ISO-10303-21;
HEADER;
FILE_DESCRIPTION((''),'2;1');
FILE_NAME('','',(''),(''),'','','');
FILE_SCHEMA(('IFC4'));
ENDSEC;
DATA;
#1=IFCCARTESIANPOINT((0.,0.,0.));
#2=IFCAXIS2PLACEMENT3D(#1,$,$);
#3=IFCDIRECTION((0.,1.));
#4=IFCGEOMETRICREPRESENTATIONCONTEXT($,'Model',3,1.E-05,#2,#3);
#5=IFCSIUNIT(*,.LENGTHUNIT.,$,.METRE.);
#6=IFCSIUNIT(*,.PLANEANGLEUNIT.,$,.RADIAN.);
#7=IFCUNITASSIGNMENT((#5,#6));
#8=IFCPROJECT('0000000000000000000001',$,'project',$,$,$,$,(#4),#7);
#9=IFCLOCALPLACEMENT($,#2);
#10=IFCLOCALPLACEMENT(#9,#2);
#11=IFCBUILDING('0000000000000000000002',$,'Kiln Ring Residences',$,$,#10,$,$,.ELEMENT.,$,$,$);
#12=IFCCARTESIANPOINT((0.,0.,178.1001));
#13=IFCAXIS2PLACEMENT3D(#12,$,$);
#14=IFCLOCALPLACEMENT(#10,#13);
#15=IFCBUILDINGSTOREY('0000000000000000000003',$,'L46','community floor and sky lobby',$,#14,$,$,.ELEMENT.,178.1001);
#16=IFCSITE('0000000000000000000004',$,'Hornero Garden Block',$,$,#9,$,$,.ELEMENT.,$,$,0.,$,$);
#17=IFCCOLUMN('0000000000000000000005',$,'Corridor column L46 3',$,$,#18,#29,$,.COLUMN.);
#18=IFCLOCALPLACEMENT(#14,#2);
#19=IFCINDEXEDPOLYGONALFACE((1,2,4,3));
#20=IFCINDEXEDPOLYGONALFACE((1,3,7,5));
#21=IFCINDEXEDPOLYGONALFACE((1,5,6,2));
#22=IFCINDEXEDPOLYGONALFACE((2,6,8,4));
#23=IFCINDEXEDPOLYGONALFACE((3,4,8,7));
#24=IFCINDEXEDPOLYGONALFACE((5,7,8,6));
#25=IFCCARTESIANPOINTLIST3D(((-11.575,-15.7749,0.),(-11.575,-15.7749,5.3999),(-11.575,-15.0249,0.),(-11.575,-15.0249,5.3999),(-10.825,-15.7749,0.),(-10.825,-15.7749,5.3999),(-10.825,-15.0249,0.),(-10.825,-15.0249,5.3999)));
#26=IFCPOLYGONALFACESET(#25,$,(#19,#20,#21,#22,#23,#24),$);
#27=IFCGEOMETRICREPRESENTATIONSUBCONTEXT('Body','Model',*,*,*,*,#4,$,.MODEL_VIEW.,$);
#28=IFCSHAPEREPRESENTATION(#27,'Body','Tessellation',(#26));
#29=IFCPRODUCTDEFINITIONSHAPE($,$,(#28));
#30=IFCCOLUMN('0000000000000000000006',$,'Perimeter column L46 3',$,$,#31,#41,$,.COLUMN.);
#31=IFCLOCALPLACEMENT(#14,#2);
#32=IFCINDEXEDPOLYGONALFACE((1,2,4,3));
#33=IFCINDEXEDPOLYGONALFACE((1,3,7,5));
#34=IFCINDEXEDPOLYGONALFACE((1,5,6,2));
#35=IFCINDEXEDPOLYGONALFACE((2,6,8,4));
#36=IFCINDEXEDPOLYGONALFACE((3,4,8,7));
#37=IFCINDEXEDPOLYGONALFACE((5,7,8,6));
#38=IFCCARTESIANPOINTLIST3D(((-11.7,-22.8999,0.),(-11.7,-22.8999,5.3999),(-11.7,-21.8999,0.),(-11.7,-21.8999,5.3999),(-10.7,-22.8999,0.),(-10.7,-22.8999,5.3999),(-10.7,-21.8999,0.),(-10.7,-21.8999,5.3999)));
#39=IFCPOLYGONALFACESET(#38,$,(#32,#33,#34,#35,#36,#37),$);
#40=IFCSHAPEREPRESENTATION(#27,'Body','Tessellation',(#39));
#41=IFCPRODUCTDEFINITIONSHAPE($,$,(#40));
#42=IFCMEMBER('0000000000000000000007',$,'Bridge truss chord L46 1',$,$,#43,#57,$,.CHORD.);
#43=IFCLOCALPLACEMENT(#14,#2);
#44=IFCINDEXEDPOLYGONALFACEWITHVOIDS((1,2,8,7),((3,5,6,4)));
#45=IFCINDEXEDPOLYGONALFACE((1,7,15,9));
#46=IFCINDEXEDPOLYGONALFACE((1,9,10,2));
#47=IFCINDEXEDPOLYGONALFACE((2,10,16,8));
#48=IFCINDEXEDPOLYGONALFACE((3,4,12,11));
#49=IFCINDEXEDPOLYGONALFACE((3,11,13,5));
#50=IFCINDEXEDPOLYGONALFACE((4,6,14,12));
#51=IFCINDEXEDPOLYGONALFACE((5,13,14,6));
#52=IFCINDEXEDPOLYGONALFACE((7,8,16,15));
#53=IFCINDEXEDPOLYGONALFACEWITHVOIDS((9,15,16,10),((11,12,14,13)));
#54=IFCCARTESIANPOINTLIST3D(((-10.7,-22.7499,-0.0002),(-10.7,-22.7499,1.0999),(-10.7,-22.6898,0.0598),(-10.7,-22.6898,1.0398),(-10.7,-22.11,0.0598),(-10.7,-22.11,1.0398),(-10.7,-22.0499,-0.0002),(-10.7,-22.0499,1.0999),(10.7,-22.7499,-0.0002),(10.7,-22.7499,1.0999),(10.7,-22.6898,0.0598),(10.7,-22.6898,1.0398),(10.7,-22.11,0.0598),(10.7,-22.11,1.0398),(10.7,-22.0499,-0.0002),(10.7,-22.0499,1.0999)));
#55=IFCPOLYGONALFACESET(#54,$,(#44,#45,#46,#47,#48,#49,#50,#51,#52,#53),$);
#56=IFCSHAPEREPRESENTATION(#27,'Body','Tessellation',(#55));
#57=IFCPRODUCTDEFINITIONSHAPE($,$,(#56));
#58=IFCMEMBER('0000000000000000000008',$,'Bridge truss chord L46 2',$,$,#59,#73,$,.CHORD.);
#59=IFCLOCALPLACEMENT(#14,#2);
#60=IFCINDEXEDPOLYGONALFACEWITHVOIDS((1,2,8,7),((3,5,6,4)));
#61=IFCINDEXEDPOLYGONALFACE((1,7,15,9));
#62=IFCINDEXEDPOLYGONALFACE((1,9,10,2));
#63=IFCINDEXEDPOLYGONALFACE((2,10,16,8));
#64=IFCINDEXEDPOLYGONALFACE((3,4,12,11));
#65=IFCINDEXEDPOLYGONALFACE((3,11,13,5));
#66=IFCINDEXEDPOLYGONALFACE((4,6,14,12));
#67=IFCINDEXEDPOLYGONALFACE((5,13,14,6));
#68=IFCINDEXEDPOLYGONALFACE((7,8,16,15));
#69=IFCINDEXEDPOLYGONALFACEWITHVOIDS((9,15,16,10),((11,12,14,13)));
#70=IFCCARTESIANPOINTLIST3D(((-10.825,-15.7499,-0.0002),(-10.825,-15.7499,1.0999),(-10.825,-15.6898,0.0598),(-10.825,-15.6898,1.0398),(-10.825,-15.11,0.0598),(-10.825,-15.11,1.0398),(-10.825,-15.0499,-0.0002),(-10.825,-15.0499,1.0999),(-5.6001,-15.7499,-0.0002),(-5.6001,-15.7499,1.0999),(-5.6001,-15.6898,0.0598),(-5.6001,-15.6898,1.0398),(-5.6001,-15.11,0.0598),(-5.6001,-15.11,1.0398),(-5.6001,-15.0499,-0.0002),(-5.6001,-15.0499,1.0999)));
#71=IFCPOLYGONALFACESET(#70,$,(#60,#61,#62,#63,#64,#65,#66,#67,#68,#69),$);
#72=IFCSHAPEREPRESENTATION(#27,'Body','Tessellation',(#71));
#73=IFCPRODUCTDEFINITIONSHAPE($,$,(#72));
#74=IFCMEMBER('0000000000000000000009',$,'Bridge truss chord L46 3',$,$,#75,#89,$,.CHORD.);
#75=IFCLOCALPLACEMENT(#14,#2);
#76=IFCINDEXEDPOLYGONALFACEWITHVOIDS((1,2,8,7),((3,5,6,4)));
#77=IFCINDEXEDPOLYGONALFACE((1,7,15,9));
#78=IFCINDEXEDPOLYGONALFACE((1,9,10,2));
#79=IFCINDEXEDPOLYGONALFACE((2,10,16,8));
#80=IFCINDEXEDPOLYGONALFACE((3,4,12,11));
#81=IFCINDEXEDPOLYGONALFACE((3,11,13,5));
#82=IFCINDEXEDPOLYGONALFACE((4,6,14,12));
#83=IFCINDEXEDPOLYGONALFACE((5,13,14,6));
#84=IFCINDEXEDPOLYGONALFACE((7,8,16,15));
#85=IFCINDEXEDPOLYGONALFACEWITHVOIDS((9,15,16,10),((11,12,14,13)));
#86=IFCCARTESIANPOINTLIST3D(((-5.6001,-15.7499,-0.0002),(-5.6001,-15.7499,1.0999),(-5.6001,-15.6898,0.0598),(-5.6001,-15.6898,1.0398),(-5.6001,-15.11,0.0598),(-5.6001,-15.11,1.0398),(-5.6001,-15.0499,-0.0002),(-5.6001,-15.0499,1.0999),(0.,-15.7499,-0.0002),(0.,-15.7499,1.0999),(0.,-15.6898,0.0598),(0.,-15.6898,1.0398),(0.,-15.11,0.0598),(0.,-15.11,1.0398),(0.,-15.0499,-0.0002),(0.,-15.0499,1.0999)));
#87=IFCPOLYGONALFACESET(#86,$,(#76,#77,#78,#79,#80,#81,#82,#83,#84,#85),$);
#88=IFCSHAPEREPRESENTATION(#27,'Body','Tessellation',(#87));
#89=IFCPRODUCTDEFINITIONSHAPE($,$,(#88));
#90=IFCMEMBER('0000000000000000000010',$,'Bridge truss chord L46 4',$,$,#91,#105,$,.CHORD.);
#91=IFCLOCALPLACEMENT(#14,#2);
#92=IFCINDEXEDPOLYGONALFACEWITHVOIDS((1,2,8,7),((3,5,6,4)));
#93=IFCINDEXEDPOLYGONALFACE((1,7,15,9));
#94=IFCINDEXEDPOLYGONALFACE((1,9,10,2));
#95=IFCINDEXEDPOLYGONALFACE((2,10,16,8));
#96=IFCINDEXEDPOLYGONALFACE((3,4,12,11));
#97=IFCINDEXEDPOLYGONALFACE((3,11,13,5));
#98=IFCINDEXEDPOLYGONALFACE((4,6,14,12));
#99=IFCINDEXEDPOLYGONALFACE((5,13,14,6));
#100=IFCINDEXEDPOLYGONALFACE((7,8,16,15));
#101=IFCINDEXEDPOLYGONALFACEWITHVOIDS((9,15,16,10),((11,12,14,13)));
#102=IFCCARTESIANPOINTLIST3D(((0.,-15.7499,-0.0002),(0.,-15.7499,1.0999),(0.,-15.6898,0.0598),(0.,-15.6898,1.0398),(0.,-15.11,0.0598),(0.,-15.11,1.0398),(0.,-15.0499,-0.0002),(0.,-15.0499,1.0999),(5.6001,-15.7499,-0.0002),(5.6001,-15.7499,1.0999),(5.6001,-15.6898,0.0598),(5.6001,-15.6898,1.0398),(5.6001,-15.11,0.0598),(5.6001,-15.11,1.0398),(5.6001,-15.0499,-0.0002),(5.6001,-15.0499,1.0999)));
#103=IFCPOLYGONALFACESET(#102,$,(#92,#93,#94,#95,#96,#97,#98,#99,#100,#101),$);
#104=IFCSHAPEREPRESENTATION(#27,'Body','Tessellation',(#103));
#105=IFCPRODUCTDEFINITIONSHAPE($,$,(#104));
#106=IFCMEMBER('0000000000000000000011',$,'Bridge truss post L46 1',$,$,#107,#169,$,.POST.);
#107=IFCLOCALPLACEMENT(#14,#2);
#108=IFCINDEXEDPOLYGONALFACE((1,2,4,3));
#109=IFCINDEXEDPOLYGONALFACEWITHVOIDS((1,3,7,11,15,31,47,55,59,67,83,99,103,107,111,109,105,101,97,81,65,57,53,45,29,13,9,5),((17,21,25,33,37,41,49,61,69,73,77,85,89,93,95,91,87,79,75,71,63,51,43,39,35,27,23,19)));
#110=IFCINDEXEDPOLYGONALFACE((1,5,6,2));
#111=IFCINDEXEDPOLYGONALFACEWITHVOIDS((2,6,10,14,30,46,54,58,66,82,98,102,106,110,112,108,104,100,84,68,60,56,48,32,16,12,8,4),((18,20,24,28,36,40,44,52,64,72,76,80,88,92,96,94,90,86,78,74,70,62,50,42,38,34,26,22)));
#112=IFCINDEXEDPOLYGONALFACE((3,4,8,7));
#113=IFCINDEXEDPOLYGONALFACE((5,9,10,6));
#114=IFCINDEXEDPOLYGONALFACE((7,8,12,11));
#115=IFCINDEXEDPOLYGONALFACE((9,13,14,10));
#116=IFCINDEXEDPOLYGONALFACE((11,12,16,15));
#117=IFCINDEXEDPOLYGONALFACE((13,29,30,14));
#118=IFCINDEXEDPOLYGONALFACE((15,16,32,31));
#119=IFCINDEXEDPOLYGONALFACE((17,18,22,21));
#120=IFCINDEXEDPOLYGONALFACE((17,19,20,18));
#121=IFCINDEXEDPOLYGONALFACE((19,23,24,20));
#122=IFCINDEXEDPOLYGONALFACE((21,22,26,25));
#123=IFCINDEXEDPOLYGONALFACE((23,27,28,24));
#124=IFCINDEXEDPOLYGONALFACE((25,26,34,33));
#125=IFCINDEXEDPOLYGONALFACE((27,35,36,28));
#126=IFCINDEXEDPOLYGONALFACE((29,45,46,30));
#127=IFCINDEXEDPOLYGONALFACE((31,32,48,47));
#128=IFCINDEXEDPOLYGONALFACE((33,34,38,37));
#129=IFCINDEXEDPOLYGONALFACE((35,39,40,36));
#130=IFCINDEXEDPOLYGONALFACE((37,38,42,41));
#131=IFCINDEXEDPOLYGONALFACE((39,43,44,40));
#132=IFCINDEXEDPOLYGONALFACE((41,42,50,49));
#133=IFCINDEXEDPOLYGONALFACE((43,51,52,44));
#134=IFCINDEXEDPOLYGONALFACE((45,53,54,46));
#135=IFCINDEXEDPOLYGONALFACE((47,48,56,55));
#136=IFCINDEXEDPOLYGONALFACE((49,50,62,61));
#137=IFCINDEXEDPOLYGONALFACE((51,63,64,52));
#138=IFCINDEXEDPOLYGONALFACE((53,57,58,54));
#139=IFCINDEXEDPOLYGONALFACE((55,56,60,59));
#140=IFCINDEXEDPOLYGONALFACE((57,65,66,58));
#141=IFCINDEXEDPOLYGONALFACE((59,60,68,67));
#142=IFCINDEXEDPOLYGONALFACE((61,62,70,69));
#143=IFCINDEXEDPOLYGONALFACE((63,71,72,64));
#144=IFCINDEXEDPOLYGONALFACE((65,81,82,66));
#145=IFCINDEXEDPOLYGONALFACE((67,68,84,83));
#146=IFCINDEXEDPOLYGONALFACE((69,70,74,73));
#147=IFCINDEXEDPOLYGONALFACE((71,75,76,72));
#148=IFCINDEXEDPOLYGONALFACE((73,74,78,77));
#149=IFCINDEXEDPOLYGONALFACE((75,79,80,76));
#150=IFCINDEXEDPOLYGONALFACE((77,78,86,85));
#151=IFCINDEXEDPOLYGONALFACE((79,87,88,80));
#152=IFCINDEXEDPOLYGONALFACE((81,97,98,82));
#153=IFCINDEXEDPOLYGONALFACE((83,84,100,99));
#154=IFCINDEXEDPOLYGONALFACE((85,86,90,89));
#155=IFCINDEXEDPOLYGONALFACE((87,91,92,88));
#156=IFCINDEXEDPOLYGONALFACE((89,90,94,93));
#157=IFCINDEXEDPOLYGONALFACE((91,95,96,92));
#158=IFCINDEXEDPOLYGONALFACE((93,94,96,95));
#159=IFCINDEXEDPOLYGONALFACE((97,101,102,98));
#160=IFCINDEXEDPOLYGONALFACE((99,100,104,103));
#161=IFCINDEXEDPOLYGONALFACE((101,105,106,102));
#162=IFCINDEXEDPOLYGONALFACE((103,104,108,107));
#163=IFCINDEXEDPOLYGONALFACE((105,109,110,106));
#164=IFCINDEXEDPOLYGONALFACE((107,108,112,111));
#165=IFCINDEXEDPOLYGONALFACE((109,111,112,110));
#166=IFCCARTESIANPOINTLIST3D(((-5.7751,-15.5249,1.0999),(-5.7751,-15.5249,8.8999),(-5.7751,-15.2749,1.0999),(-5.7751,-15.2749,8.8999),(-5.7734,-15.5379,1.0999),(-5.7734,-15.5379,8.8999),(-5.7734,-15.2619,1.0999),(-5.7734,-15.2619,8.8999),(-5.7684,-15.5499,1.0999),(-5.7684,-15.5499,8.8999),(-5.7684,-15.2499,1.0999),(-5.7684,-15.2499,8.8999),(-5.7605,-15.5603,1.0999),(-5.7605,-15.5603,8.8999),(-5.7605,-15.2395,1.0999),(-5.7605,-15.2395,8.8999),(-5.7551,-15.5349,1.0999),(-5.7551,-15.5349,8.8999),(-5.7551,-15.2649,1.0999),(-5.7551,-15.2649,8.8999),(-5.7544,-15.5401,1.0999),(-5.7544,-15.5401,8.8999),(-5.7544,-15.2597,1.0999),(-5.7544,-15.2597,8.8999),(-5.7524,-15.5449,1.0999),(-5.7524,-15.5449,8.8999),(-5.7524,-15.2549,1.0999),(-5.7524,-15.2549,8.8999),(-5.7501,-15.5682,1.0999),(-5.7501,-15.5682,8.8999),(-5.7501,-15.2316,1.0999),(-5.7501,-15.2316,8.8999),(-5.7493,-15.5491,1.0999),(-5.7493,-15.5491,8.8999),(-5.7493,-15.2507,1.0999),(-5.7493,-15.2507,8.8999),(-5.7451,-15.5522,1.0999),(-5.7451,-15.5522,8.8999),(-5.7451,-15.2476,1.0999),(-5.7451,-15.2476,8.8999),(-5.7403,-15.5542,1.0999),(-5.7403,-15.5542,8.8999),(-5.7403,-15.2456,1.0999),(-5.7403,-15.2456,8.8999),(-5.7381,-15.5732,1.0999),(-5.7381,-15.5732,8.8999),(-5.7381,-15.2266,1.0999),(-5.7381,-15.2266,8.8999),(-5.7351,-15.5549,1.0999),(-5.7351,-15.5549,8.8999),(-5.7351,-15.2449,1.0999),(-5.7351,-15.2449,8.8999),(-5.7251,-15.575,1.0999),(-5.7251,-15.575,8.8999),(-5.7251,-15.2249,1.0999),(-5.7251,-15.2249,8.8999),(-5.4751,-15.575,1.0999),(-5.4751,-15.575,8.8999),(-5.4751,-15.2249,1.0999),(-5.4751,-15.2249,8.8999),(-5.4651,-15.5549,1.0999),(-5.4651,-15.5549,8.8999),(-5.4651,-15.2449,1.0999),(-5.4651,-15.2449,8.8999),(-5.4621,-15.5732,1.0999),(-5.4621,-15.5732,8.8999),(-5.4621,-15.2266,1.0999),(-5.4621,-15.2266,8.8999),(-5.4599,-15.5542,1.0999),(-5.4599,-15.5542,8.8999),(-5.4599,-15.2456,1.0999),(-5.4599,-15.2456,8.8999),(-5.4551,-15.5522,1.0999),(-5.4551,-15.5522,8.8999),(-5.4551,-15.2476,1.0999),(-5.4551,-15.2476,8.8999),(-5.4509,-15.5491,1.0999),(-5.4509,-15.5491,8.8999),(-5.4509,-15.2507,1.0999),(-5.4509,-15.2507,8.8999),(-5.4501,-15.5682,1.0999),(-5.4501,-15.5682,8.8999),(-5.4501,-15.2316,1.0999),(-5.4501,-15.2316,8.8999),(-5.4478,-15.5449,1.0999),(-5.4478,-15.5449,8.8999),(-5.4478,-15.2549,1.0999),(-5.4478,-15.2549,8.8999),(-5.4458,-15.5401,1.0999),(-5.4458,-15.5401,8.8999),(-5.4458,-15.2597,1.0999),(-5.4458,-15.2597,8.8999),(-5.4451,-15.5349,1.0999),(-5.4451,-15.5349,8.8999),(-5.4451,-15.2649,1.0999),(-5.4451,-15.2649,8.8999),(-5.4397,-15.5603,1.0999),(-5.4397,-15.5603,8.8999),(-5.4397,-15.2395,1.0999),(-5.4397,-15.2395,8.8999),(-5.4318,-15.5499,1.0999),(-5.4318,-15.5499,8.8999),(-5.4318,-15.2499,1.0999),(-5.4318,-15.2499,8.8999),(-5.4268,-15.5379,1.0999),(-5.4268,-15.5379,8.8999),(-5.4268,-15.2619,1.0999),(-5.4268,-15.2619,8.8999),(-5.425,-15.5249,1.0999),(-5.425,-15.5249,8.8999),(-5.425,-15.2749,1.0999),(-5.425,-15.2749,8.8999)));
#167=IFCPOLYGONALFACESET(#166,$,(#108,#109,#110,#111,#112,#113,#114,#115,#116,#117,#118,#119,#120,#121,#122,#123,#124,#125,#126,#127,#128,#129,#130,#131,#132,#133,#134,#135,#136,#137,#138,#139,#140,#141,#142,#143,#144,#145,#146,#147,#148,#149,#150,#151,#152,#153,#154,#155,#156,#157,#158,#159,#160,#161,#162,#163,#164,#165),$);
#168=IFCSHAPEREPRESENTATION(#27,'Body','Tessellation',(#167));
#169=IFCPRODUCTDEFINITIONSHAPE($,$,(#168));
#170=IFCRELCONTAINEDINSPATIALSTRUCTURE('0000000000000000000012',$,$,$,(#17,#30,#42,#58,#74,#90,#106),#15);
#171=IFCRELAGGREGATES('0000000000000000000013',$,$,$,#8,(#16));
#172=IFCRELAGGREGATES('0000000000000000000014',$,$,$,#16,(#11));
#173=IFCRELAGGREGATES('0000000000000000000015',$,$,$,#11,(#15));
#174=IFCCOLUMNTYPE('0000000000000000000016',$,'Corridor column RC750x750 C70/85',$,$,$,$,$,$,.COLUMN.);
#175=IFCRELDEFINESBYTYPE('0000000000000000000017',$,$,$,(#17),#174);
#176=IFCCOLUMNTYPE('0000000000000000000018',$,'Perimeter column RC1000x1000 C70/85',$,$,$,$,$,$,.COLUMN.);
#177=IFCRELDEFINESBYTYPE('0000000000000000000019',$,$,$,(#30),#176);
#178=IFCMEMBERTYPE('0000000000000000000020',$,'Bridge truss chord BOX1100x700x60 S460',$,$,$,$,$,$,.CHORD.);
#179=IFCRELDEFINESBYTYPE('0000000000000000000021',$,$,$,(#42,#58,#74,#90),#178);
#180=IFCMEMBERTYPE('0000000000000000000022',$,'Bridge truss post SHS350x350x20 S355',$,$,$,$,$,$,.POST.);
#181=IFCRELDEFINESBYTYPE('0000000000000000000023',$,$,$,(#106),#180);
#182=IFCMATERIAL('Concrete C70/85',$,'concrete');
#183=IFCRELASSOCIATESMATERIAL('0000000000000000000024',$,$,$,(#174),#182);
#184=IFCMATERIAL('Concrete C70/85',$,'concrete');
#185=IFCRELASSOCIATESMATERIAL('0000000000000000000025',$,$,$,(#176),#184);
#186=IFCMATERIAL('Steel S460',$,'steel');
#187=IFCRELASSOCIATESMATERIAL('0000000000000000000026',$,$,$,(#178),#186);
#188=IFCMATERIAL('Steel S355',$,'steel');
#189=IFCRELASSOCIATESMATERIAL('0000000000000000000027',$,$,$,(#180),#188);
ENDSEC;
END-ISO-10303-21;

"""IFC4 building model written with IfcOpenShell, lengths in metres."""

from ifc_helpers import new_model, si_unit, direction, frame, origin, origin_2d, place, context, subcontext, project, spatial, rectangle, hollow_rectangle, extrude, material, material_profile, profile_set, type_object, element, save


model = new_model("IFC4")

# Units and contexts
model_context = context("Model", 3, precision=1e-05, world=origin(), true_north=direction((0.0, 1.0)))
body_context = subcontext(model_context, "Body", "Model", "MODEL_VIEW")
ifc_project = project(units=[si_unit("LENGTHUNIT", "METRE"), si_unit("PLANEANGLEUNIT", "RADIAN")], contexts=[model_context])

# Site, building, storey
site_placement = place(None, origin())
site = spatial("IfcSite", under=ifc_project, at=site_placement, Name="Hornero Garden Block", CompositionType="ELEMENT", RefElevation=0.0)
building_placement = place(site_placement, origin())
building = spatial("IfcBuilding", under=site, at=building_placement, Name="Kiln Ring Residences", CompositionType="ELEMENT")
storey_placement = place(building_placement, frame((0.0, 0.0, 178.1001)))
storey = spatial("IfcBuildingStorey", under=building, at=storey_placement, Name="L46", Description="community floor and sky lobby", CompositionType="ELEMENT", Elevation=178.1001)

# Columns
ifc_material_1 = material(Name="Concrete C70/85", Category="concrete")
ifc_material_profile_1 = material_profile(ifc_material_1, rectangle(XDim=0.75, YDim=0.75, at=origin_2d()), Name="RC750x750")
ifc_profile_set_1 = profile_set([ifc_material_profile_1], Name="Concrete C70/85")
column_type_1 = type_object("IfcColumnType", Name="Corridor column RC750x750 C70/85", PredefinedType="COLUMN", material=ifc_profile_set_1)
column_1_placement = place(storey_placement, frame((-11.2, -15.3999, 0.0), z_axis=(0.0, 0.0, 1.0), x_axis=(1.0, 0.0, 0.0)))
element("IfcColumn", 1, at=column_1_placement, inside=storey, type_object=column_type_1, Name="Corridor column L46 3", PredefinedType="COLUMN", context=body_context, shape_type="SweptSolid", body=[
    extrude(rectangle(XDim=0.75, YDim=0.75, at=origin_2d()), origin(), (0.0, 0.0, 1.0), 5.3999),
])
ifc_material_2 = material(Name="Concrete C70/85", Category="concrete")
ifc_material_profile_2 = material_profile(ifc_material_2, rectangle(XDim=1.0, YDim=1.0, at=origin_2d()), Name="RC1000x1000")
ifc_profile_set_2 = profile_set([ifc_material_profile_2], Name="Concrete C70/85")
column_type_2 = type_object("IfcColumnType", Name="Perimeter column RC1000x1000 C70/85", PredefinedType="COLUMN", material=ifc_profile_set_2)
column_2_placement = place(storey_placement, frame((-11.2, -22.3999, 0.0), z_axis=(0.0, 0.0, 1.0), x_axis=(1.0, 0.0, 0.0)))
element("IfcColumn", 2, at=column_2_placement, inside=storey, type_object=column_type_2, Name="Perimeter column L46 3", PredefinedType="COLUMN", context=body_context, shape_type="SweptSolid", body=[
    extrude(rectangle(XDim=1.0, YDim=1.0, at=origin_2d()), origin(), (0.0, 0.0, 1.0), 5.3999),
])

# Members
ifc_material_3 = material(Name="Steel S460", Category="steel")
ifc_material_profile_3 = material_profile(ifc_material_3, hollow_rectangle(XDim=0.7, YDim=1.1001, WallThickness=0.0601, at=origin_2d()), Name="BOX1100x700x60")
ifc_profile_set_3 = profile_set([ifc_material_profile_3], Name="Steel S460")
member_type_1 = type_object("IfcMemberType", Name="Bridge truss chord BOX1100x700x60 S460", PredefinedType="CHORD", material=ifc_profile_set_3)
member_1_placement = place(storey_placement, frame((-10.7, -22.3999, 0.5498), z_axis=(1.0, 0.0, 0.0), x_axis=(0.0, 1.0, 0.0)))
element("IfcMember", 3, at=member_1_placement, inside=storey, type_object=member_type_1, Name="Bridge truss chord L46 1", PredefinedType="CHORD", context=body_context, shape_type="SweptSolid", body=[
    extrude(hollow_rectangle(XDim=0.7, YDim=1.1001, WallThickness=0.0601, at=origin_2d()), origin(), (0.0, 0.0, 1.0), 21.3999),
])
member_2_placement = place(storey_placement, frame((-10.825, -15.3999, 0.5498), z_axis=(1.0, 0.0, 0.0), x_axis=(0.0, 1.0, 0.0)))
element("IfcMember", 4, at=member_2_placement, inside=storey, type_object=member_type_1, Name="Bridge truss chord L46 2", PredefinedType="CHORD", context=body_context, shape_type="SweptSolid", body=[
    extrude(hollow_rectangle(XDim=0.7, YDim=1.1001, WallThickness=0.0601, at=origin_2d()), origin(), (0.0, 0.0, 1.0), 5.2249),
])
for number, where, z_axis, x_axis, name in (
    (5, (-5.6001, -15.3999, 0.5498), (1.0, 0.0, 0.0), (0.0, 1.0, 0.0), "Bridge truss chord L46 3"),
    (6, (0.0, -15.3999, 0.5498), (1.0, 0.0, 0.0), (0.0, 1.0, 0.0), "Bridge truss chord L46 4"),
):
    element("IfcMember", number, at=place(storey_placement, frame(where, z_axis=z_axis, x_axis=x_axis)), inside=storey, type_object=member_type_1, Name=name, PredefinedType="CHORD", context=body_context, shape_type="SweptSolid", body=[
        extrude(hollow_rectangle(XDim=0.7, YDim=1.1001, WallThickness=0.0601, at=origin_2d()), origin(), (0.0, 0.0, 1.0), 5.6001),
    ])
ifc_material_4 = material(Name="Steel S355", Category="steel")
ifc_material_profile_4 = material_profile(ifc_material_4, hollow_rectangle(XDim=0.3501, YDim=0.3501, WallThickness=0.02, InnerFilletRadius=0.02, OuterFilletRadius=0.05, at=origin_2d()), Name="SHS350x350x20")
ifc_profile_set_4 = profile_set([ifc_material_profile_4], Name="Steel S355")
member_type_2 = type_object("IfcMemberType", Name="Bridge truss post SHS350x350x20 S355", PredefinedType="POST", material=ifc_profile_set_4)
for number, where, z_axis, x_axis, name in (
    (7, (-5.6001, -15.3999, 1.0999), (0.0, 0.0, 1.0), (1.0, 0.0, 0.0), "Bridge truss post L46 1"),
):
    element("IfcMember", number, at=place(storey_placement, frame(where, z_axis=z_axis, x_axis=x_axis)), inside=storey, type_object=member_type_2, Name=name, PredefinedType="POST", context=body_context, shape_type="SweptSolid", body=[
        extrude(hollow_rectangle(XDim=0.3501, YDim=0.3501, WallThickness=0.02, InnerFilletRadius=0.02, OuterFilletRadius=0.05, at=origin_2d()), origin(), (0.0, 0.0, 1.0), 7.8),
    ])

save(model, "model.ifc")
